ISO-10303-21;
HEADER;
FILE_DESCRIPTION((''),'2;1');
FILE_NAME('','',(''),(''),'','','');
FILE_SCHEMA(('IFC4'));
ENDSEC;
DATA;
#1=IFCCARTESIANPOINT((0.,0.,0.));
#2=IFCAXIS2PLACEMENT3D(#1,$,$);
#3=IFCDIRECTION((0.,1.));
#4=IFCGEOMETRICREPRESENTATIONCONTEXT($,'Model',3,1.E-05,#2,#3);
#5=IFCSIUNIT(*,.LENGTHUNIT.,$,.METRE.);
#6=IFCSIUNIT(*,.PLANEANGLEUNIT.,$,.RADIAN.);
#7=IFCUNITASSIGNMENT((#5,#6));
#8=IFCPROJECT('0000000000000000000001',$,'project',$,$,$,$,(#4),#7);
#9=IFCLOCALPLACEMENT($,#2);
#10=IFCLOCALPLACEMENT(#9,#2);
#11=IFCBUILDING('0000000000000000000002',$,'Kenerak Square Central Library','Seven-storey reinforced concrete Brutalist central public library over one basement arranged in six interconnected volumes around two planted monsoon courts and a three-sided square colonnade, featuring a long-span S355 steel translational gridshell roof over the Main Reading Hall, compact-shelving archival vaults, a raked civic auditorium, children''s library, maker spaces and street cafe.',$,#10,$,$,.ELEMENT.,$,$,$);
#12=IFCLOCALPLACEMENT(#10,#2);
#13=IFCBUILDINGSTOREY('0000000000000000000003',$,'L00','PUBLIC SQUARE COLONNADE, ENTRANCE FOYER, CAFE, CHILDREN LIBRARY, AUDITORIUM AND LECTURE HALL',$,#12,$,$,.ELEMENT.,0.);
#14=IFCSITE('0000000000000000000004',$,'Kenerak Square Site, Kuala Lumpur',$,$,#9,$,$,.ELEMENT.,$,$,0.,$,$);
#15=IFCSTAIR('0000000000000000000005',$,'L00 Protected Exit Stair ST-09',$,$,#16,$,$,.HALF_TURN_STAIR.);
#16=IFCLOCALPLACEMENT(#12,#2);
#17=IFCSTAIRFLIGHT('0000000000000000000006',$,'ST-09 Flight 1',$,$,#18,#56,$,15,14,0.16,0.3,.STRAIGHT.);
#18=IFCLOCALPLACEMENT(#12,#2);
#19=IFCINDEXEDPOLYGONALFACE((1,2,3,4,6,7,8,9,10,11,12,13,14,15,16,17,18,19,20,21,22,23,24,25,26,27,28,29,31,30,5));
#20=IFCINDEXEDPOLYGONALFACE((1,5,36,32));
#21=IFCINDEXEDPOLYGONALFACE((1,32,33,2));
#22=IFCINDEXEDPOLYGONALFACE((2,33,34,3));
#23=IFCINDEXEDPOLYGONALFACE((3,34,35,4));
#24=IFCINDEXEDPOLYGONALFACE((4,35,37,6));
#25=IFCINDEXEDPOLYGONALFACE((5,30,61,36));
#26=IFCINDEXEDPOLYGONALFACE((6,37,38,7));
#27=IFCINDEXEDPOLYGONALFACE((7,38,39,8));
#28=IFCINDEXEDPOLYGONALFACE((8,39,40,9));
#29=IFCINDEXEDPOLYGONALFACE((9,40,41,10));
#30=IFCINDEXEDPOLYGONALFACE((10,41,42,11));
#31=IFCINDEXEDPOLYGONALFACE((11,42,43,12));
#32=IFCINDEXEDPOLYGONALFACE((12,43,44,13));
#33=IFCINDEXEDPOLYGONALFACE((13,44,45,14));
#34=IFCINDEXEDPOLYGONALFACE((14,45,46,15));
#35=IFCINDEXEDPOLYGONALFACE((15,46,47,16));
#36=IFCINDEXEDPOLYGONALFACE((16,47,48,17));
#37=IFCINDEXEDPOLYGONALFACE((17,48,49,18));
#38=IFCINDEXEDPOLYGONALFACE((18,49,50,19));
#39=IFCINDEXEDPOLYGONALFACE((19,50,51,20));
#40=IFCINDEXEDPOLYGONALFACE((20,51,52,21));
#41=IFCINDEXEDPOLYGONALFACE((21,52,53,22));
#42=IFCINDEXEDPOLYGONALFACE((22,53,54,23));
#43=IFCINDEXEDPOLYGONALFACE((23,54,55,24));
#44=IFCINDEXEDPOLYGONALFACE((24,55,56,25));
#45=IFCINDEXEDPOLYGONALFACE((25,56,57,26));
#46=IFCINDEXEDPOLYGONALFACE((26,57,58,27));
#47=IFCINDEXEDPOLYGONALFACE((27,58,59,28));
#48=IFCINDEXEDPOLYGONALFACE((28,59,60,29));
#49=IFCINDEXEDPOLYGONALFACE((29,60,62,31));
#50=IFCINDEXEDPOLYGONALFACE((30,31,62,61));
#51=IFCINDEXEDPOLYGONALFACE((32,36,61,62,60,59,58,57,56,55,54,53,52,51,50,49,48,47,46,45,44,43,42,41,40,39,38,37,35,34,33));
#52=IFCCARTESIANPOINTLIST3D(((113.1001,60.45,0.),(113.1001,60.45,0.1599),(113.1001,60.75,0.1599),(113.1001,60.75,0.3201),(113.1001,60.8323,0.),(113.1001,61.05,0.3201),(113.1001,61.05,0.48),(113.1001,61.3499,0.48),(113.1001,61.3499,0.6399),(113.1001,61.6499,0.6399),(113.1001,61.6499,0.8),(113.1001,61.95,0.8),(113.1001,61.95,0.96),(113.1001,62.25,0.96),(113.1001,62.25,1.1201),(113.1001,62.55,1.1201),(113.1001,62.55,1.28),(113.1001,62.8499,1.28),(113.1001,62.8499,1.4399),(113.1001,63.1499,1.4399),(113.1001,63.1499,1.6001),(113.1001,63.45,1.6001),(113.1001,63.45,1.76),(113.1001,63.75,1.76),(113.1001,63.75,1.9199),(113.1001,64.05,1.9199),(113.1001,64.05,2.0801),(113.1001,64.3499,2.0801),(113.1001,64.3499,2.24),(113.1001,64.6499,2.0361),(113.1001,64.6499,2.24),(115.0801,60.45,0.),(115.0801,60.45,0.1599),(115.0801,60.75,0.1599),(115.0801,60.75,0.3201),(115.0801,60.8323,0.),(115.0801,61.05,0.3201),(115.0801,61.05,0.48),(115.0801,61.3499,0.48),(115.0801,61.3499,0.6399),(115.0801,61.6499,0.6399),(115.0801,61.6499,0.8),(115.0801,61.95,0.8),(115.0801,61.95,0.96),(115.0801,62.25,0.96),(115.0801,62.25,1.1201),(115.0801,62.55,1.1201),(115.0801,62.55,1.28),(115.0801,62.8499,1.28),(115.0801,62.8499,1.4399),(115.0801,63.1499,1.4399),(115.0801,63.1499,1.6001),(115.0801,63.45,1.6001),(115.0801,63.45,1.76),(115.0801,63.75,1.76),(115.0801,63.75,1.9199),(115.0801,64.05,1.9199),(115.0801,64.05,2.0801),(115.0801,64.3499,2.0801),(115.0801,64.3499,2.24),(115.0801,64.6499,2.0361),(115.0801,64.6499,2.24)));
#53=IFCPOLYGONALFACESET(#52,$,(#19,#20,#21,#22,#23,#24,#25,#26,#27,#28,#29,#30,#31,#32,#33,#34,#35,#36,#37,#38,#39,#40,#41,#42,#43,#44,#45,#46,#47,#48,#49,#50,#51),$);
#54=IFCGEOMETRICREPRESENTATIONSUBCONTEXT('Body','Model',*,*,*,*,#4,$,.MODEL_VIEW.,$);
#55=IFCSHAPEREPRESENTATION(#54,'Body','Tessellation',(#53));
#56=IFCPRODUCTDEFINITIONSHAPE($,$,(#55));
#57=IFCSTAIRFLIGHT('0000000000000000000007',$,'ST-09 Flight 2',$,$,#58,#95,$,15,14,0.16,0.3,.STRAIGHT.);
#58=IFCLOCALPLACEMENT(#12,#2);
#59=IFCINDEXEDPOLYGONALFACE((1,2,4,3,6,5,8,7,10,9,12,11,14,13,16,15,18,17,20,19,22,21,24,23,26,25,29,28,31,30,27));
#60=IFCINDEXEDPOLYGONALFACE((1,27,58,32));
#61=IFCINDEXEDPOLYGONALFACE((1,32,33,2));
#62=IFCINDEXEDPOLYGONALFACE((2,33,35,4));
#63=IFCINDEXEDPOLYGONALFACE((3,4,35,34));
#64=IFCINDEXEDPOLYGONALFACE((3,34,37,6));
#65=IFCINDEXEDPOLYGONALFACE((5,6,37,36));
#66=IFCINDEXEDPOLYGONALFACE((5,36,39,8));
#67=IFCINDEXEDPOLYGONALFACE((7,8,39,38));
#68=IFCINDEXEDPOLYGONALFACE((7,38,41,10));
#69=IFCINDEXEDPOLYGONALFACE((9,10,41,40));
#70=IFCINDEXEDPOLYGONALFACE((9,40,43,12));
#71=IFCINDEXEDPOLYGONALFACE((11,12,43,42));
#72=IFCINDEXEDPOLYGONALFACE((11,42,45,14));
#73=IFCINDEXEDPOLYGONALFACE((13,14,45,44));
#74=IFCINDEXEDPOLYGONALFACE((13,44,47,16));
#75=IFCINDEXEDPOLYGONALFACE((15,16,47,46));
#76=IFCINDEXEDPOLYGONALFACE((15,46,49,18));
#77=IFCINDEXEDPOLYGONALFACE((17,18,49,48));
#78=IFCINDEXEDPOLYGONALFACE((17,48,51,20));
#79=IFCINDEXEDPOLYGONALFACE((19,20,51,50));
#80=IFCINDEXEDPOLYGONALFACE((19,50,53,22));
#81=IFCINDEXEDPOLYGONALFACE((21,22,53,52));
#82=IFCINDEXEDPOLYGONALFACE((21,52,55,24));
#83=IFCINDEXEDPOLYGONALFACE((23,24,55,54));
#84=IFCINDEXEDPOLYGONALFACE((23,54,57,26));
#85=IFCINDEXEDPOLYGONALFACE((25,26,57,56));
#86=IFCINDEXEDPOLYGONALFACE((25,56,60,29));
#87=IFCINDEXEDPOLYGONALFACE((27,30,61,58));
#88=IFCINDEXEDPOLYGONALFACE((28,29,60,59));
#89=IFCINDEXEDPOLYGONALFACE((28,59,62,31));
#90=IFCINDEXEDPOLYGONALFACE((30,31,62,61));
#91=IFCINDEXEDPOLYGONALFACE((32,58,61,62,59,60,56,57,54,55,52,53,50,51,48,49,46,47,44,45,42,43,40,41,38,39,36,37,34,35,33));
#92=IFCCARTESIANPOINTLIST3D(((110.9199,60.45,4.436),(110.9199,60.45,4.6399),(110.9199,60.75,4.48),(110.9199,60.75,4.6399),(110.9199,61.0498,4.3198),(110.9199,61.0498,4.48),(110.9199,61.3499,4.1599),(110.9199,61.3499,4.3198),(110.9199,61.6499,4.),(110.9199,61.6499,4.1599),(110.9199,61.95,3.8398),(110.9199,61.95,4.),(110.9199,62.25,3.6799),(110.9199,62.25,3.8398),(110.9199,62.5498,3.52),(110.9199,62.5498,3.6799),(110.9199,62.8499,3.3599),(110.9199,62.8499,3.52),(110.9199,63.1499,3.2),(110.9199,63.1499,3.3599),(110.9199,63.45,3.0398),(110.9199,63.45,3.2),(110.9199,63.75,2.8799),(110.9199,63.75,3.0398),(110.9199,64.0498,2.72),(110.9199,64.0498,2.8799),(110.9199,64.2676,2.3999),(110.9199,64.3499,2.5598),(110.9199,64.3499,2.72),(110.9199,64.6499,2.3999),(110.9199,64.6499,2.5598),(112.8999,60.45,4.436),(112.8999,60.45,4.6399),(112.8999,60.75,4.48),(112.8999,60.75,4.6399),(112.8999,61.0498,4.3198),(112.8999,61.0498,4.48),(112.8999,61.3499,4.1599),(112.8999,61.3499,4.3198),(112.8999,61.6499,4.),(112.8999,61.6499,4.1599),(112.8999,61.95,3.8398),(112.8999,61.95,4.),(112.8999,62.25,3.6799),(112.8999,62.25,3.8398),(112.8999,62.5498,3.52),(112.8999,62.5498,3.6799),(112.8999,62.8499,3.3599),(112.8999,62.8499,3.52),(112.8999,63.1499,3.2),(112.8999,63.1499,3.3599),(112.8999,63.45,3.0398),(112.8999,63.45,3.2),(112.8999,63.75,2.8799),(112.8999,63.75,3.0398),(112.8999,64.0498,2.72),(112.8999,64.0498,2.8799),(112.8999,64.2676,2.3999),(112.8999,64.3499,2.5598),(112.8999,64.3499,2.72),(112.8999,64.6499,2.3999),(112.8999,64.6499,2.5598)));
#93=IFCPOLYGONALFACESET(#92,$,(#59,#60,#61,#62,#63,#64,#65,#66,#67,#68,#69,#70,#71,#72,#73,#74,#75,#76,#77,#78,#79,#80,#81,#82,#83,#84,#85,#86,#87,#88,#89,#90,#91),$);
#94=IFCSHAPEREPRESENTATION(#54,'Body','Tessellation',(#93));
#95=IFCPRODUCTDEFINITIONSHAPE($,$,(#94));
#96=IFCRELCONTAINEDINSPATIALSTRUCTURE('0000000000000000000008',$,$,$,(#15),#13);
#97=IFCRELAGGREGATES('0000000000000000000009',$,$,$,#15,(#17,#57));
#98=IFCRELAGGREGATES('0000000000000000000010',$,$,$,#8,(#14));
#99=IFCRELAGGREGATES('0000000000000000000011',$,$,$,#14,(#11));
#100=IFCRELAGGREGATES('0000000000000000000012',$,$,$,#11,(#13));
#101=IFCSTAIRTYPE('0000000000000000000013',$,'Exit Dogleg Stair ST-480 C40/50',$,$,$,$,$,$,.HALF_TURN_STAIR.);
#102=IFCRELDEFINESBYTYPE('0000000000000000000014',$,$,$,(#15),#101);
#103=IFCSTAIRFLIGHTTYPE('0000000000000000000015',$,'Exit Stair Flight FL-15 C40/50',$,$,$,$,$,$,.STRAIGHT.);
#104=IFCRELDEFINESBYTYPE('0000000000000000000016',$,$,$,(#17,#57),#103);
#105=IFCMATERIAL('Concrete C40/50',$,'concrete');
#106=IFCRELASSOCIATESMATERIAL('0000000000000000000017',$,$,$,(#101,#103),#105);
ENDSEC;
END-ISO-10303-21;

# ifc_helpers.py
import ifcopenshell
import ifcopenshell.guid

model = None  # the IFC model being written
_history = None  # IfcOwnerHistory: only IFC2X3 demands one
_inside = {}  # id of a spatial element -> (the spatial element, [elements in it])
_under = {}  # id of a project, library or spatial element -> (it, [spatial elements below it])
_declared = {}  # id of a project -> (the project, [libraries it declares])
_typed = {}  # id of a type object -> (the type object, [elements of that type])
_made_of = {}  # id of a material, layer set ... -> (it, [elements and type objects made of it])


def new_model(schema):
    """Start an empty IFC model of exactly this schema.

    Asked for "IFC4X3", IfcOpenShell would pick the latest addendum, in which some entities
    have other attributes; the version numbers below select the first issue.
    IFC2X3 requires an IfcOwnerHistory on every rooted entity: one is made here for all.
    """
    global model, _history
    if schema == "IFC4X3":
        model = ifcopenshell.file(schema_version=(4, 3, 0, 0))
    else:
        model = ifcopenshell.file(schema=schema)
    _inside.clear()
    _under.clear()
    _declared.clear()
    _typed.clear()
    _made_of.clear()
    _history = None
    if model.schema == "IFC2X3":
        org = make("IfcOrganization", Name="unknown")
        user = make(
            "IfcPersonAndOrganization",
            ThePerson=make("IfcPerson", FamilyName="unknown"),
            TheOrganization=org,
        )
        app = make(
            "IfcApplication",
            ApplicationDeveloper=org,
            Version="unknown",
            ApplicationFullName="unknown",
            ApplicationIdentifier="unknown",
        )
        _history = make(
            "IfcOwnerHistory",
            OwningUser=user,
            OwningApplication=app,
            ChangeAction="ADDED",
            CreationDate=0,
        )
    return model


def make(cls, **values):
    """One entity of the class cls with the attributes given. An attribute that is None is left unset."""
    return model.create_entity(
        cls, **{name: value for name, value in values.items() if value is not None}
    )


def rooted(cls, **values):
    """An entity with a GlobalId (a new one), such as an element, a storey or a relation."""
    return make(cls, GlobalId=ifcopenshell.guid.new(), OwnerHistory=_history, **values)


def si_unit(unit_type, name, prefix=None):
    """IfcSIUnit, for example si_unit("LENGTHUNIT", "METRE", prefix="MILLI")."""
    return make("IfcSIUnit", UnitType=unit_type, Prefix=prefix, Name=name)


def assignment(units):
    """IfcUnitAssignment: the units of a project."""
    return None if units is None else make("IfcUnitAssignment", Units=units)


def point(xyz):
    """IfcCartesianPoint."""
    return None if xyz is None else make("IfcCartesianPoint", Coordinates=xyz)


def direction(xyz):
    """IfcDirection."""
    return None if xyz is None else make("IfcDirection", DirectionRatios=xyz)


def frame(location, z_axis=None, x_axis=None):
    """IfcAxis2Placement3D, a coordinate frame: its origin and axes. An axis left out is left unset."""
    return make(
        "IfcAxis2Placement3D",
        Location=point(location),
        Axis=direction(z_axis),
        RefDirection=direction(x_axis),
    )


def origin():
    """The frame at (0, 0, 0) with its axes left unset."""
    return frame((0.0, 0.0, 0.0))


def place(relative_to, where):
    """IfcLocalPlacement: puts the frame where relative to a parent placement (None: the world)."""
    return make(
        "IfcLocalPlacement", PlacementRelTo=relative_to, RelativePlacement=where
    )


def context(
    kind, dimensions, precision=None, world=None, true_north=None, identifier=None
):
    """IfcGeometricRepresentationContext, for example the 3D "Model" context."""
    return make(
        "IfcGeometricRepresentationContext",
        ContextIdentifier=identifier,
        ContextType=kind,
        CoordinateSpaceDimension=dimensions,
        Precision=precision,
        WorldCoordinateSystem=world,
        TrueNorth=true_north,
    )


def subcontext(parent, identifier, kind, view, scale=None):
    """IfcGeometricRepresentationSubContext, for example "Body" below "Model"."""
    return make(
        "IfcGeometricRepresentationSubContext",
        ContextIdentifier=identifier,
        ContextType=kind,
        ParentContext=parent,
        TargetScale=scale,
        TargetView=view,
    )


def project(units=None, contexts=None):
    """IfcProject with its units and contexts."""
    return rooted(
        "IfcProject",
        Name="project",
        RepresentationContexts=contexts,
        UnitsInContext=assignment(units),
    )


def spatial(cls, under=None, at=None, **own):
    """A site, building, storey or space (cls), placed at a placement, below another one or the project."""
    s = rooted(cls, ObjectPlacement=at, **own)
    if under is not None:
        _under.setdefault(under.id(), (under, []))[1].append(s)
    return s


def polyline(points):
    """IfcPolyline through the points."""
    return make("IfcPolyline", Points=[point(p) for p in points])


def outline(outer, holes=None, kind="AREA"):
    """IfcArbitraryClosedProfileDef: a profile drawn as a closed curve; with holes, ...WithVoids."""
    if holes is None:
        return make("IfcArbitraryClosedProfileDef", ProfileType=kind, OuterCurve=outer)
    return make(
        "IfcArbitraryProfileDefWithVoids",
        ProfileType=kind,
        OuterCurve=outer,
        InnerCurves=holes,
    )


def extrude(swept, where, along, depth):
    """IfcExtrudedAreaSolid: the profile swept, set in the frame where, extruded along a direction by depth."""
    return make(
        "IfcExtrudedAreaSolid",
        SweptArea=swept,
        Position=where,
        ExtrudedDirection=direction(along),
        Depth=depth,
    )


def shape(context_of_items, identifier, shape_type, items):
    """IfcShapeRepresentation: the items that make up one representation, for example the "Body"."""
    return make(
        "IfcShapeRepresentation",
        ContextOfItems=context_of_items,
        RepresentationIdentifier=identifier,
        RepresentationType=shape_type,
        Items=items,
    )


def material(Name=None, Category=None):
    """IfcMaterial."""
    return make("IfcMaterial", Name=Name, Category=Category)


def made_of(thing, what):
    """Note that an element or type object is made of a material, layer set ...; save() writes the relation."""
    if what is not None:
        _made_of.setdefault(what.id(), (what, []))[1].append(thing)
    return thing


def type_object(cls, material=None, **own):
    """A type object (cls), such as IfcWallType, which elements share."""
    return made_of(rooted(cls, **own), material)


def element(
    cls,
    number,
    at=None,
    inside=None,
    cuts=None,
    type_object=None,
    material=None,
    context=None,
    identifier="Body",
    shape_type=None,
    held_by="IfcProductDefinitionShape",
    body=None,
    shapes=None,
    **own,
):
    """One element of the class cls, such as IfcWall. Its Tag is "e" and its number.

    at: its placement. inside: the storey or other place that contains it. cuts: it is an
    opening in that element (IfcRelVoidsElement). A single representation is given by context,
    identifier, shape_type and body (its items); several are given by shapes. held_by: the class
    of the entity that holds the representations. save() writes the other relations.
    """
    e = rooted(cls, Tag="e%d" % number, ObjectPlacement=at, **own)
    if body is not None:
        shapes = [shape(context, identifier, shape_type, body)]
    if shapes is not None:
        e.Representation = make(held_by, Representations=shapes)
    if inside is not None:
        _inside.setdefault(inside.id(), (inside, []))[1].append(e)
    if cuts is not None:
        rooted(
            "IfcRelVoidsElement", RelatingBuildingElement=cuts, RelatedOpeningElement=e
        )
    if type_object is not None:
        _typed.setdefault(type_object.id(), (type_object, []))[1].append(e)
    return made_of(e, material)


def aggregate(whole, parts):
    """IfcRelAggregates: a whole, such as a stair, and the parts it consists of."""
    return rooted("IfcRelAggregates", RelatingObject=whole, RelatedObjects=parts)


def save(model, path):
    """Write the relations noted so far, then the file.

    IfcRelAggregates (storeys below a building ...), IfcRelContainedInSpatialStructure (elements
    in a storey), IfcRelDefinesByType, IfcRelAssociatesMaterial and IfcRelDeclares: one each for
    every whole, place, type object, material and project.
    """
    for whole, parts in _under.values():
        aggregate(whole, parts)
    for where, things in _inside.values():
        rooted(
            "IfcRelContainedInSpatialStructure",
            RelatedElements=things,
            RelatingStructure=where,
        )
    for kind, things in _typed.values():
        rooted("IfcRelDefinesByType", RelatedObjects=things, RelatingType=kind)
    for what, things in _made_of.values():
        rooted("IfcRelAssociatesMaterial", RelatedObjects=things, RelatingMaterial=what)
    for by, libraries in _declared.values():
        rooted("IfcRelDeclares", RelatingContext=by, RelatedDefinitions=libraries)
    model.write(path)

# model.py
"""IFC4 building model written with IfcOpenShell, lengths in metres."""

from ifc_helpers import new_model, si_unit, direction, frame, origin, place, context, subcontext, project, spatial, polyline, outline, extrude, material, type_object, element, aggregate, save


model = new_model("IFC4")

# Units and contexts
model_context = context("Model", 3, precision=1e-05, world=origin(), true_north=direction((0.0, 1.0)))
body_context = subcontext(model_context, "Body", "Model", "MODEL_VIEW")
ifc_project = project(units=[si_unit("LENGTHUNIT", "METRE"), si_unit("PLANEANGLEUNIT", "RADIAN")], contexts=[model_context])

# Site, building, storey
site_placement = place(None, origin())
site = spatial("IfcSite", under=ifc_project, at=site_placement, Name="Kenerak Square Site, Kuala Lumpur", CompositionType="ELEMENT", RefElevation=0.0)
building_placement = place(site_placement, origin())
building = spatial("IfcBuilding", under=site, at=building_placement, Name="Kenerak Square Central Library", Description="Seven-storey reinforced concrete Brutalist central public library over one basement arranged in six interconnected volumes around two planted monsoon courts and a three-sided square colonnade, featuring a long-span S355 steel translational gridshell roof over the Main Reading Hall, compact-shelving archival vaults, a raked civic auditorium, children's library, maker spaces and street cafe.", CompositionType="ELEMENT")
storey_placement = place(building_placement, origin())
storey = spatial("IfcBuildingStorey", under=building, at=storey_placement, Name="L00", Description="PUBLIC SQUARE COLONNADE, ENTRANCE FOYER, CAFE, CHILDREN LIBRARY, AUDITORIUM AND LECTURE HALL", CompositionType="ELEMENT", Elevation=0.0)

# Shared definitions
ifc_material_1 = material(Name="Concrete C40/50", Category="concrete")

# Stair, stair flights
stair_type = type_object("IfcStairType", Name="Exit Dogleg Stair ST-480 C40/50", PredefinedType="HALF_TURN_STAIR", material=ifc_material_1)
stair_placement = place(storey_placement, origin())
stair = element("IfcStair", 1, at=stair_placement, inside=storey, type_object=stair_type, Name="L00 Protected Exit Stair ST-09", PredefinedType="HALF_TURN_STAIR")
stair_flight_type = type_object("IfcStairFlightType", Name="Exit Stair Flight FL-15 C40/50", PredefinedType="STRAIGHT", material=ifc_material_1)
stair_flight_1_placement = place(storey_placement, frame((114.0901, 60.45, 0.0), z_axis=(0.0, 0.0, 1.0), x_axis=(0.0, 1.0, 0.0)))
stair_flight_1 = element("IfcStairFlight", 2, at=stair_flight_1_placement, type_object=stair_flight_type, Name="ST-09 Flight 1", NumberOfRisers=15, NumberOfTreads=14, PredefinedType="STRAIGHT", RiserHeight=0.16, TreadLength=0.3, context=body_context, shape_type="SweptSolid", body=[
    extrude(outline(polyline([(0.0, 0.0), (0.0, 0.1599), (0.3, 0.1599), (0.3, 0.3201), (0.6001, 0.3201), (0.6001, 0.48), (0.8999, 0.48), (0.8999, 0.6399), (1.2, 0.6399), (1.2, 0.8), (1.5, 0.8), (1.5, 0.96), (1.8, 0.96), (1.8, 1.1201), (2.1001, 1.1201), (2.1001, 1.28), (2.3999, 1.28), (2.3999, 1.4399), (2.7, 1.4399), (2.7, 1.6001), (3.0, 1.6001), (3.0, 1.76), (3.3, 1.76), (3.3, 1.9199), (3.6001, 1.9199), (3.6001, 2.0801), (3.8999, 2.0801), (3.8999, 2.24), (4.2, 2.24), (4.2, 2.3999), (4.2, 2.0361), (0.3823, 0.0), (0.0, 0.0)])), frame((0.0, 0.99, 0.0), z_axis=(0.0, -1.0, 0.0), x_axis=(1.0, 0.0, 0.0)), (0.0, 0.0, 1.0), 1.98),
])
stair_flight_2_placement = place(storey_placement, frame((111.9099, 64.6499, 2.3999), z_axis=(0.0, 0.0, 1.0), x_axis=(0.0, -1.0, 0.0)))
stair_flight_2 = element("IfcStairFlight", 3, at=stair_flight_2_placement, type_object=stair_flight_type, Name="ST-09 Flight 2", NumberOfRisers=15, NumberOfTreads=14, PredefinedType="STRAIGHT", RiserHeight=0.16, TreadLength=0.3, context=body_context, shape_type="SweptSolid", body=[
    extrude(outline(polyline([(0.0, 0.0), (0.0, 0.1599), (0.3, 0.1599), (0.3, 0.3201), (0.6001, 0.3201), (0.6001, 0.48), (0.8999, 0.48), (0.8999, 0.6399), (1.2, 0.6399), (1.2, 0.8), (1.5, 0.8), (1.5, 0.96), (1.8, 0.96), (1.8, 1.1201), (2.1001, 1.1201), (2.1001, 1.28), (2.3999, 1.28), (2.3999, 1.4399), (2.7, 1.4399), (2.7, 1.6001), (3.0, 1.6001), (3.0, 1.76), (3.3, 1.76), (3.3, 1.9199), (3.6001, 1.9199), (3.6001, 2.0801), (3.8999, 2.0801), (3.8999, 2.24), (4.2, 2.24), (4.2, 2.3999), (4.2, 2.0361), (0.3823, 0.0), (0.0, 0.0)])), frame((0.0, 0.99, 0.0), z_axis=(0.0, -1.0, 0.0), x_axis=(1.0, 0.0, 0.0)), (0.0, 0.0, 1.0), 1.98),
])
aggregate(stair, [stair_flight_1, stair_flight_2])

save(model, "model.ifc")
